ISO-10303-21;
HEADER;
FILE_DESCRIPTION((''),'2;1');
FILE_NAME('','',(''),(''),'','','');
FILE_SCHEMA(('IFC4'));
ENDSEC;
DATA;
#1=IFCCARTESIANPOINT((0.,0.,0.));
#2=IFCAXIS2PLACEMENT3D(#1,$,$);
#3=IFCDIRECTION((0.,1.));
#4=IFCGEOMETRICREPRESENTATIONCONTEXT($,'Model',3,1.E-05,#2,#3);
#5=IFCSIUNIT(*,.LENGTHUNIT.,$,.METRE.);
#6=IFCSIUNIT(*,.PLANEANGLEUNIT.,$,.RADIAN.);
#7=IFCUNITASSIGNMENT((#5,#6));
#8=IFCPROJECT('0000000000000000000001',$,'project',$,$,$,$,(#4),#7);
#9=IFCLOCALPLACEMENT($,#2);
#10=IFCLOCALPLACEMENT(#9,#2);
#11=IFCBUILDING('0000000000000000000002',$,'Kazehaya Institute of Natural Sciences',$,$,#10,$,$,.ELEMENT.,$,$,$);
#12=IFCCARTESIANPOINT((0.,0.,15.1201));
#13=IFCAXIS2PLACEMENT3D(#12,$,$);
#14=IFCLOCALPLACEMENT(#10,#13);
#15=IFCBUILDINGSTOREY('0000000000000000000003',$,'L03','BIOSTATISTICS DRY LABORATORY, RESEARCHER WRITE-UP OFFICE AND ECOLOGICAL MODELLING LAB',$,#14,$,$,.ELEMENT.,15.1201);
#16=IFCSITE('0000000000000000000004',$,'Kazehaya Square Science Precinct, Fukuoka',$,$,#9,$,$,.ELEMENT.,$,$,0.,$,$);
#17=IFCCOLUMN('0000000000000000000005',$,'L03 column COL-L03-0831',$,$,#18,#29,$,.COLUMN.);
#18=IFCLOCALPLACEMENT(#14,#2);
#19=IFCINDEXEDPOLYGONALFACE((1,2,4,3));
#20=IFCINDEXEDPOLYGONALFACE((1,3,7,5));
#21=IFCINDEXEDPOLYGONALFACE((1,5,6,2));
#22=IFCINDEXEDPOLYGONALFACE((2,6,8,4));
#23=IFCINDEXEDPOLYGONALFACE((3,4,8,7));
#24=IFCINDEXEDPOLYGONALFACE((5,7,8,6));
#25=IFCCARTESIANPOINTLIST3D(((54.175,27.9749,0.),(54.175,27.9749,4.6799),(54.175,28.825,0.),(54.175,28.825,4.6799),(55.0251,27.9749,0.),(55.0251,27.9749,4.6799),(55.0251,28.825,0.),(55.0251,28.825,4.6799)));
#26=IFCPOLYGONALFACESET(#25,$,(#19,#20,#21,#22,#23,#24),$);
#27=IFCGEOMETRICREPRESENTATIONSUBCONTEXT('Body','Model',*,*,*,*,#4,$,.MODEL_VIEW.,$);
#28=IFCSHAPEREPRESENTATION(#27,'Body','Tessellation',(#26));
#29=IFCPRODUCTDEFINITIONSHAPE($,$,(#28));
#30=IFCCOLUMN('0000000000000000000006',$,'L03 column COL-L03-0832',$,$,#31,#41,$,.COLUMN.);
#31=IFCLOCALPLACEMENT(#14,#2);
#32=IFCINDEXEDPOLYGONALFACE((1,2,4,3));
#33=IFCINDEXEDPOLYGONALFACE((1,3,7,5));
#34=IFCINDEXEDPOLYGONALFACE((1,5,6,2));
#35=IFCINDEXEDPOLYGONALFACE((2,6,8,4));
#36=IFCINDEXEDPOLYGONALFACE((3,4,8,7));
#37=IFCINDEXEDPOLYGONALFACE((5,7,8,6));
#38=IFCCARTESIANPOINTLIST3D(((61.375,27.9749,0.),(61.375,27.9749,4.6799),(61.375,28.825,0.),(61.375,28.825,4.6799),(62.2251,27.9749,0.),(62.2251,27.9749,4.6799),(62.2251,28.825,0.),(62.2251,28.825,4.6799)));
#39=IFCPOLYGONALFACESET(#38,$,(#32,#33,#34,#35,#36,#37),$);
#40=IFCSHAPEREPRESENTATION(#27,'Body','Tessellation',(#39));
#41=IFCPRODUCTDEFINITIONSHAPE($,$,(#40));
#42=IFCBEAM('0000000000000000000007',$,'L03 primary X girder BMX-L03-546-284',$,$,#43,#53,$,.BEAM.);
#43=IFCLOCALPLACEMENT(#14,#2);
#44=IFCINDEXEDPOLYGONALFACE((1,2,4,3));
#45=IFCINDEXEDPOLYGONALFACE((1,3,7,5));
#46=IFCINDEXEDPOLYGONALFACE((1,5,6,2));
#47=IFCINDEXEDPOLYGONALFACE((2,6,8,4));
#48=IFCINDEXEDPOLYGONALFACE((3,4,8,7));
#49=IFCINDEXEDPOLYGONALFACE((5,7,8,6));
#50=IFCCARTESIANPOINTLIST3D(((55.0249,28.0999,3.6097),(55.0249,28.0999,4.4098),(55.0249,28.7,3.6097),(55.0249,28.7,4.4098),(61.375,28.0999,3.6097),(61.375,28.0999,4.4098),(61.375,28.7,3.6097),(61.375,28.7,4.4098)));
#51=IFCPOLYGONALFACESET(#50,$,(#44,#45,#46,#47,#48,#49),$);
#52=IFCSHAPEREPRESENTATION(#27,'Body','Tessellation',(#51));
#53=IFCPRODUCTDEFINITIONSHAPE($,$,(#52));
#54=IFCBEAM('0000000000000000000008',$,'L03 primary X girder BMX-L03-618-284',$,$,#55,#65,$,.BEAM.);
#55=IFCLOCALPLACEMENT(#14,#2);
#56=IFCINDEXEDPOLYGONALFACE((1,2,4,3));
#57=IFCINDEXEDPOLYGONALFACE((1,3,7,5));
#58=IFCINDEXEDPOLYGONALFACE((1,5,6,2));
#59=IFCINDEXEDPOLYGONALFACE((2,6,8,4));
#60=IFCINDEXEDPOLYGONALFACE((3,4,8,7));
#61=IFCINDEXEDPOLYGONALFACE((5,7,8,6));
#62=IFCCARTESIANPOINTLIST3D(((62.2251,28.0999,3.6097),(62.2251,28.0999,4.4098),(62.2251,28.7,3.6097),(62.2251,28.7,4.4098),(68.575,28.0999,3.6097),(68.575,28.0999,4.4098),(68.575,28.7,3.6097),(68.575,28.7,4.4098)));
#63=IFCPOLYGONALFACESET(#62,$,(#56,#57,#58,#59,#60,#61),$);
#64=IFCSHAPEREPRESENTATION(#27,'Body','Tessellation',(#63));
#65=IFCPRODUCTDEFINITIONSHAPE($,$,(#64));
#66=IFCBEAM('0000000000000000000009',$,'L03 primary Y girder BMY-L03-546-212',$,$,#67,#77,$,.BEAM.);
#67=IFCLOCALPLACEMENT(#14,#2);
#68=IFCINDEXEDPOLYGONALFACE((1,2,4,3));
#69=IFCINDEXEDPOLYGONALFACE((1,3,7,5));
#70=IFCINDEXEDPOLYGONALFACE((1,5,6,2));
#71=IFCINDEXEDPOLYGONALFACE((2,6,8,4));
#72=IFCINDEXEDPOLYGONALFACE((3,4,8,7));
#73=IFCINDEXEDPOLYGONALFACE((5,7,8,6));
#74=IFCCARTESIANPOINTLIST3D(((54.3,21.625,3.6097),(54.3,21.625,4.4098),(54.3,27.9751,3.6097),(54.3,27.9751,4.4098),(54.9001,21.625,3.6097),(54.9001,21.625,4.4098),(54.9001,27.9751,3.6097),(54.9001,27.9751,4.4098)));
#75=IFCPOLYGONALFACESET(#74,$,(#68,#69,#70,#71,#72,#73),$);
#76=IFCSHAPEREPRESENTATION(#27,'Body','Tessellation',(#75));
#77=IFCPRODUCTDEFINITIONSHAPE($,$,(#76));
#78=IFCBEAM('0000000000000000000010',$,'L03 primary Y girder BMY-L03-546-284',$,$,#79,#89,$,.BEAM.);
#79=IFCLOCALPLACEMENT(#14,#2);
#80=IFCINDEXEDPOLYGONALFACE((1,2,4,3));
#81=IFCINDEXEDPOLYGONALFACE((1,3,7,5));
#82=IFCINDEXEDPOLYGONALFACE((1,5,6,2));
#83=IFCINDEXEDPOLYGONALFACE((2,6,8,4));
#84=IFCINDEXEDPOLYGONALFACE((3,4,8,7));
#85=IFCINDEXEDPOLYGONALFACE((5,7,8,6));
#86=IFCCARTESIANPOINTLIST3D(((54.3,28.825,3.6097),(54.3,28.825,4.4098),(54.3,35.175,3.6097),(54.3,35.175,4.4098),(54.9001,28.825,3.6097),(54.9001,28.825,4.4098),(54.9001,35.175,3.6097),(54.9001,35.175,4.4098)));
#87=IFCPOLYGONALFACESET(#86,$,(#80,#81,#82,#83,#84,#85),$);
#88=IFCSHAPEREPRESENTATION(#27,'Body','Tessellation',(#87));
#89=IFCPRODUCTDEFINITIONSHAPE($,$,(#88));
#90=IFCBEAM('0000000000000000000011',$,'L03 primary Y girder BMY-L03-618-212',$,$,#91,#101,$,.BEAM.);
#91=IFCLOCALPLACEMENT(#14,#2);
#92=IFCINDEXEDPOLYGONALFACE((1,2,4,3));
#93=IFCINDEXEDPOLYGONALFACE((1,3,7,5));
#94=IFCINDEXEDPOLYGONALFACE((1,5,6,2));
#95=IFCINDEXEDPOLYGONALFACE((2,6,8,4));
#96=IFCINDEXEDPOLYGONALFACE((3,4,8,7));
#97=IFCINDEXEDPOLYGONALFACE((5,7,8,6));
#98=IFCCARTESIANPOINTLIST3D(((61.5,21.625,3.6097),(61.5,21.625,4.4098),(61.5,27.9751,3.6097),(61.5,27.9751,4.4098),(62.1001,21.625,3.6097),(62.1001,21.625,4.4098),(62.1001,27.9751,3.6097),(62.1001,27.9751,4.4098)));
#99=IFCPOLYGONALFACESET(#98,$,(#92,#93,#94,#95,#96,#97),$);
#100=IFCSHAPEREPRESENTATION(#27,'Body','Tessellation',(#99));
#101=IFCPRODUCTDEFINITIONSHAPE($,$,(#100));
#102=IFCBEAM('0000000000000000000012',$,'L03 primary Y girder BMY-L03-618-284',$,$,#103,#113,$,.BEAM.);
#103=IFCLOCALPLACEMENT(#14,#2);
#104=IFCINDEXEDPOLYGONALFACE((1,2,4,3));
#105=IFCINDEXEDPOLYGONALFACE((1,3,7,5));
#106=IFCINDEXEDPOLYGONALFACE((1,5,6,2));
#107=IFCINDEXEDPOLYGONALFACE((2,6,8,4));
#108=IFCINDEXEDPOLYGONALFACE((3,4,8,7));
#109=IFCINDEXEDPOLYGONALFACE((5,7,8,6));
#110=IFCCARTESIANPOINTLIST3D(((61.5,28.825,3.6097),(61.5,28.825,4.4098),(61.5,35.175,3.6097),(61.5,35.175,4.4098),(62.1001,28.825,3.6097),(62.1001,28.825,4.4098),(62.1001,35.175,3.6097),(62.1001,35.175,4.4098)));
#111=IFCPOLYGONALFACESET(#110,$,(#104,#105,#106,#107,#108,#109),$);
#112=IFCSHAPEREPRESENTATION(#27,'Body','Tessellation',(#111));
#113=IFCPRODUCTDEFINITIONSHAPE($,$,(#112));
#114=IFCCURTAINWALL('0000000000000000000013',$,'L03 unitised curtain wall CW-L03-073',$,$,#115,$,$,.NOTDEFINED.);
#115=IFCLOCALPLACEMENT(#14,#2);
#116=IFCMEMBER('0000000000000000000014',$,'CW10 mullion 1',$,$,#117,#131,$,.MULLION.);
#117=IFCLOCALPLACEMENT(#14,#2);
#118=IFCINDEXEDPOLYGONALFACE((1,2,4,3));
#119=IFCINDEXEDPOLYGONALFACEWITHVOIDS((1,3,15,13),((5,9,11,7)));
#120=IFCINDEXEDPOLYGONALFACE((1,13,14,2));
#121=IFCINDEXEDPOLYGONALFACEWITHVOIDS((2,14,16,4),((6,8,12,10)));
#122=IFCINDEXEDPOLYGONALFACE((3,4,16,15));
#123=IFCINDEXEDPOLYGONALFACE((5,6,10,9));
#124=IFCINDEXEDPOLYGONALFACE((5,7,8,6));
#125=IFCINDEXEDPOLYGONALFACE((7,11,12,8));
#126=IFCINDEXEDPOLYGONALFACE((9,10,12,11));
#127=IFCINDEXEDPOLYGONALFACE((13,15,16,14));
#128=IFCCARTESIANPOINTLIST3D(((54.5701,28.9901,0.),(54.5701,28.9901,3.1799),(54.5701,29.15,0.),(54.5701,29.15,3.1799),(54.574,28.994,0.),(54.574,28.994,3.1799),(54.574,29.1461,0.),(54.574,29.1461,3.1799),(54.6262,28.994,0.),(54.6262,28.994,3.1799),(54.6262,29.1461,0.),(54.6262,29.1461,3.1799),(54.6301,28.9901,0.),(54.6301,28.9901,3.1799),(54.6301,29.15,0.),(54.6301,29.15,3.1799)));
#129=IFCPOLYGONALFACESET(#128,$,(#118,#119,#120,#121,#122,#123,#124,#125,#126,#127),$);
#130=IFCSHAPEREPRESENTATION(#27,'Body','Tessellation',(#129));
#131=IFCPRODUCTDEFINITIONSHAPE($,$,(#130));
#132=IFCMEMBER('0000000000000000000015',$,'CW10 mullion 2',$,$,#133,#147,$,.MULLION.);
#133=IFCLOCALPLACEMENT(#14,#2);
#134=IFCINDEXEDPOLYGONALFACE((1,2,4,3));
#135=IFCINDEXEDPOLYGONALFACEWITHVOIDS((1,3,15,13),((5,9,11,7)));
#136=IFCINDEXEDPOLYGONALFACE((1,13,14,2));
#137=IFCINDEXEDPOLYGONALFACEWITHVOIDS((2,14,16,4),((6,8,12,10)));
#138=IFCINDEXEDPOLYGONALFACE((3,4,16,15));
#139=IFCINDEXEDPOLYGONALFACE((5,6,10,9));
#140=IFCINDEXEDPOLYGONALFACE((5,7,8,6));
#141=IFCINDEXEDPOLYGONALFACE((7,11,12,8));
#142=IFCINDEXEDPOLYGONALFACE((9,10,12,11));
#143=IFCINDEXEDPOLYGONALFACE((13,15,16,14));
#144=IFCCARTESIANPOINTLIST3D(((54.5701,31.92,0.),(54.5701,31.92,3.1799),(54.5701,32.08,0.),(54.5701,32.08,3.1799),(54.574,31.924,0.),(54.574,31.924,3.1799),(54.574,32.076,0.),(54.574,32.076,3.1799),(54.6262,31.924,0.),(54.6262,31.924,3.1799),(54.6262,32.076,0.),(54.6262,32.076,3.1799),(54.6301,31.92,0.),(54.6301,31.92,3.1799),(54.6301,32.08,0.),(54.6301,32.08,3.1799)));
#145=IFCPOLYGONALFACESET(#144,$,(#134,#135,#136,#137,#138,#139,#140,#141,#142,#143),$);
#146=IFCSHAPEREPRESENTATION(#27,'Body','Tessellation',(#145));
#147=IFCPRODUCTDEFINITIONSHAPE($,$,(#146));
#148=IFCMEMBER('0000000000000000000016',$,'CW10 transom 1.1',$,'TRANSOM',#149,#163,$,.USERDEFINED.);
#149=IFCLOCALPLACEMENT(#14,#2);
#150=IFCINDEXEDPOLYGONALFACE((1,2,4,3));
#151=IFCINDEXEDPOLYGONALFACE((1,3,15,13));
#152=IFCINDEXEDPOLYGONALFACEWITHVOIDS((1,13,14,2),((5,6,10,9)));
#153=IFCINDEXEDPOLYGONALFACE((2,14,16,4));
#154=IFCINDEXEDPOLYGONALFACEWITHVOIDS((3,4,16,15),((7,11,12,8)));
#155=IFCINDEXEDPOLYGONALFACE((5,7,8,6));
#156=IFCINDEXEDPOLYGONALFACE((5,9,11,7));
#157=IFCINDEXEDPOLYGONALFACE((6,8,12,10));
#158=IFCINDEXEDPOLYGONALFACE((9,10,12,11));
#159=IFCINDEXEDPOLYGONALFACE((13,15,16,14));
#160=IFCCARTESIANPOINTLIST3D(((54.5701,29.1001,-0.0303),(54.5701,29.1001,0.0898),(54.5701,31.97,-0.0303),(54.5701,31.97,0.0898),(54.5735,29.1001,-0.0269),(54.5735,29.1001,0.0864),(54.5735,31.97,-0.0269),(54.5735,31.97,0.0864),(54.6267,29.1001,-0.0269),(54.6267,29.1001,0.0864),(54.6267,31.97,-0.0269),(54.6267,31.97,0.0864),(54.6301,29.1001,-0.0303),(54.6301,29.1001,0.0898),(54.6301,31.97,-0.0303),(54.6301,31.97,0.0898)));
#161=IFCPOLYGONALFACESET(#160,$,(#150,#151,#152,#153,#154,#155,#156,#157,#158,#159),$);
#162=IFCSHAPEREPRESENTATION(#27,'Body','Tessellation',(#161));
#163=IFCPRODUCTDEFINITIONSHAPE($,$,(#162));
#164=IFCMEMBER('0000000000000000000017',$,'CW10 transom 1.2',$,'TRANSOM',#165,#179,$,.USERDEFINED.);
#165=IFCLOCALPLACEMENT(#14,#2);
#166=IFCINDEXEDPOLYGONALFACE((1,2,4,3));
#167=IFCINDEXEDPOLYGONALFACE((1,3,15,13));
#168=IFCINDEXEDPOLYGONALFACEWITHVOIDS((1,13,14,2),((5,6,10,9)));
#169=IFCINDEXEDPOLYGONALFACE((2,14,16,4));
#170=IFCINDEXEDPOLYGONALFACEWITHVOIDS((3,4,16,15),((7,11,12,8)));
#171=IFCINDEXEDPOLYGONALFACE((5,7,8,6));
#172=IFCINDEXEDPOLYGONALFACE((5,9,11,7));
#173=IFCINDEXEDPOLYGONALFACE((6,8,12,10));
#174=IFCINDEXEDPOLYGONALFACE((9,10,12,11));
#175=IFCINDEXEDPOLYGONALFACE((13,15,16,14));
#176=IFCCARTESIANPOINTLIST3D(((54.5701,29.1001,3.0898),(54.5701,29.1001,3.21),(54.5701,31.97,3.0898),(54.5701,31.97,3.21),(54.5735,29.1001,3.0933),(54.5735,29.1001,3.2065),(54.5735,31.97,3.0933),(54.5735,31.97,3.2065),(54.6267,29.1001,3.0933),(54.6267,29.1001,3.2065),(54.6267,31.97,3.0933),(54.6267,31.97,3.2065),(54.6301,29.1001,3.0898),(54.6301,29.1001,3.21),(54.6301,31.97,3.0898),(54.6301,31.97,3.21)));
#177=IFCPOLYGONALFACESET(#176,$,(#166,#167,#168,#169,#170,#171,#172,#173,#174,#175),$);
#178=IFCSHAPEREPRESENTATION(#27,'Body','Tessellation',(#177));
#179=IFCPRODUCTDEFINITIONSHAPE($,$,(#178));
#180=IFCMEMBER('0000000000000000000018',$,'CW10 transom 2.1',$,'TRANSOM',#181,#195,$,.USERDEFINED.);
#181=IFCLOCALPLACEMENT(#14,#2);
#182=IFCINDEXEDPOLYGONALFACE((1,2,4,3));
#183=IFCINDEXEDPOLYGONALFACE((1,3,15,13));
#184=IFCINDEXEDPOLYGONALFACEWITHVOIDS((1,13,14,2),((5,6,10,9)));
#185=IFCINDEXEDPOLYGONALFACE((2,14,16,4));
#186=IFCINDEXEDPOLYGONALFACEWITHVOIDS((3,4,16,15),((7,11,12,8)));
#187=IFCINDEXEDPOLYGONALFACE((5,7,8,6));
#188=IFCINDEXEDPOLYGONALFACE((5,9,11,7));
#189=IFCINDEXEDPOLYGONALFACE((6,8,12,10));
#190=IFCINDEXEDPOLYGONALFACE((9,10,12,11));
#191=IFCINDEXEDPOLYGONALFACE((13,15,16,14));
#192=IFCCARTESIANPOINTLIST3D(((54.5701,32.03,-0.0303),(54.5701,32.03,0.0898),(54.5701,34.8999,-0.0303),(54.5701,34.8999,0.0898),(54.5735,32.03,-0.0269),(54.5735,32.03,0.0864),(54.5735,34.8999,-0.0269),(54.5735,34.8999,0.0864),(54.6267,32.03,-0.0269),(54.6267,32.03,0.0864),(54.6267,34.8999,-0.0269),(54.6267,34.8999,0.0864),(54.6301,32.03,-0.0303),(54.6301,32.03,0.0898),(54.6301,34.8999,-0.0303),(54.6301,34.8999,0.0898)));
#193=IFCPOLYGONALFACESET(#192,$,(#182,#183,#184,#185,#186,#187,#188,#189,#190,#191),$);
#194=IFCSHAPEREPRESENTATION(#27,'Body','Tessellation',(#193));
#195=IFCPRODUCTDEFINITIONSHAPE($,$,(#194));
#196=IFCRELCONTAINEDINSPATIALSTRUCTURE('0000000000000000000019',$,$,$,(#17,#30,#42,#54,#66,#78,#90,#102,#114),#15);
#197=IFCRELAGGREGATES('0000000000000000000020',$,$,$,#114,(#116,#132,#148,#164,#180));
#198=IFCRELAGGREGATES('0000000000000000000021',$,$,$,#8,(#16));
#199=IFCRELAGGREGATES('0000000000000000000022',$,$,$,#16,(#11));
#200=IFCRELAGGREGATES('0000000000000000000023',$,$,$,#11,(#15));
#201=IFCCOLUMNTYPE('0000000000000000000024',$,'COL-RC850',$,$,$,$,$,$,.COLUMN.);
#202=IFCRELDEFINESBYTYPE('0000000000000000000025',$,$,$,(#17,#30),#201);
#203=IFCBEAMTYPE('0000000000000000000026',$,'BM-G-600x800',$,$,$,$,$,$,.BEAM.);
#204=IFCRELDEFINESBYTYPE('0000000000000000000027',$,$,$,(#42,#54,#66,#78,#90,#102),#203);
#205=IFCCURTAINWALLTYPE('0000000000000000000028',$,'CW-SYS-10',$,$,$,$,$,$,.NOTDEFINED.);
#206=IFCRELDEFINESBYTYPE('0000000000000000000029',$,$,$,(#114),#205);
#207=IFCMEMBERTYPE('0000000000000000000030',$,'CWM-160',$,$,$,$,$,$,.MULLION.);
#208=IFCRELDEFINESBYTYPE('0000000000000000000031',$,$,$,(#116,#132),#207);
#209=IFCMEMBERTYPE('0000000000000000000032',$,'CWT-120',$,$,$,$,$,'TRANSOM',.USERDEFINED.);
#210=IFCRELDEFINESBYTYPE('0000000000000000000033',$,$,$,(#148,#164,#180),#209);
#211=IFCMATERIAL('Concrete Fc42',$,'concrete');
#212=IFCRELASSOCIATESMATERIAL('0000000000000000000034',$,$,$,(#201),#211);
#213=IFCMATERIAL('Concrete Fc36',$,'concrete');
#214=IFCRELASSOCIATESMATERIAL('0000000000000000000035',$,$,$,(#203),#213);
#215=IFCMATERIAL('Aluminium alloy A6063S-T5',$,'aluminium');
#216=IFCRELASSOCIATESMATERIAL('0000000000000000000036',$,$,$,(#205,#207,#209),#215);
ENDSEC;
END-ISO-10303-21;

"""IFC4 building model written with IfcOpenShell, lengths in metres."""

from ifc_helpers import new_model, si_unit, direction, frame, origin, origin_2d, place, context, subcontext, project, spatial, rectangle, hollow_rectangle, extrude, material, material_profile, profile_set, type_object, element, aggregate, save


model = new_model("IFC4")

# Units and contexts
model_context = context("Model", 3, precision=1e-05, world=origin(), true_north=direction((0.0, 1.0)))
body_context = subcontext(model_context, "Body", "Model", "MODEL_VIEW")
ifc_project = project(units=[si_unit("LENGTHUNIT", "METRE"), si_unit("PLANEANGLEUNIT", "RADIAN")], contexts=[model_context])

# Site, building, storey
site_placement = place(None, origin())
site = spatial("IfcSite", under=ifc_project, at=site_placement, Name="Kazehaya Square Science Precinct, Fukuoka", CompositionType="ELEMENT", RefElevation=0.0)
building_placement = place(site_placement, origin())
building = spatial("IfcBuilding", under=site, at=building_placement, Name="Kazehaya Institute of Natural Sciences", CompositionType="ELEMENT")
storey_placement = place(building_placement, frame((0.0, 0.0, 15.1201)))
storey = spatial("IfcBuildingStorey", under=building, at=storey_placement, Name="L03", Description="BIOSTATISTICS DRY LABORATORY, RESEARCHER WRITE-UP OFFICE AND ECOLOGICAL MODELLING LAB", CompositionType="ELEMENT", Elevation=15.1201)

# Columns
ifc_material_1 = material(Name="Concrete Fc42", Category="concrete")
ifc_material_profile_1 = material_profile(ifc_material_1, rectangle(XDim=0.8501, YDim=0.8501, at=origin_2d()), Name="RC-850x850")
ifc_profile_set_1 = profile_set([ifc_material_profile_1], Name="Concrete Fc42")
column_type = type_object("IfcColumnType", Name="COL-RC850", PredefinedType="COLUMN", material=ifc_profile_set_1)
for number, where, z_axis, x_axis, name in (
    (1, (54.6001, 28.3999, 0.0), (0.0, 0.0, 1.0), (1.0, 0.0, 0.0), "L03 column COL-L03-0831"),
    (2, (61.8, 28.3999, 0.0), (0.0, 0.0, 1.0), (1.0, 0.0, 0.0), "L03 column COL-L03-0832"),
):
    element("IfcColumn", number, at=place(storey_placement, frame(where, z_axis=z_axis, x_axis=x_axis)), inside=storey, type_object=column_type, Name=name, PredefinedType="COLUMN", context=body_context, shape_type="SweptSolid", body=[
        extrude(rectangle(XDim=0.8501, YDim=0.8501, at=origin_2d()), origin(), (0.0, 0.0, 1.0), 4.6799),
    ])

# Beams
ifc_material_2 = material(Name="Concrete Fc36", Category="concrete")
ifc_material_profile_2 = material_profile(ifc_material_2, rectangle(XDim=0.6001, YDim=0.8, at=origin_2d()), Name="RC-600x800")
ifc_profile_set_2 = profile_set([ifc_material_profile_2], Name="Concrete Fc36")
beam_type = type_object("IfcBeamType", Name="BM-G-600x800", PredefinedType="BEAM", material=ifc_profile_set_2)
beam_1_placement = place(storey_placement, frame((55.0249, 28.3999, 4.0098), z_axis=(1.0, 0.0, 0.0), x_axis=(0.0, 1.0, 0.0)))
element("IfcBeam", 3, at=beam_1_placement, inside=storey, type_object=beam_type, Name="L03 primary X girder BMX-L03-546-284", PredefinedType="BEAM", context=body_context, shape_type="SweptSolid", body=[
    extrude(rectangle(XDim=0.6001, YDim=0.8, at=origin_2d()), origin(), (0.0, 0.0, 1.0), 6.3501),
])
beam_2_placement = place(storey_placement, frame((62.2251, 28.3999, 4.0098), z_axis=(1.0, 0.0, 0.0), x_axis=(0.0, 1.0, 0.0)))
element("IfcBeam", 4, at=beam_2_placement, inside=storey, type_object=beam_type, Name="L03 primary X girder BMX-L03-618-284", PredefinedType="BEAM", context=body_context, shape_type="SweptSolid", body=[
    extrude(rectangle(XDim=0.6001, YDim=0.8, at=origin_2d()), origin(), (0.0, 0.0, 1.0), 6.3499),
])
for number, where, z_axis, x_axis, name in (
    (5, (54.6001, 21.625, 4.0098), (0.0, 1.0, 0.0), (-1.0, 0.0, 0.0), "L03 primary Y girder BMY-L03-546-212"),
    (6, (54.6001, 28.825, 4.0098), (0.0, 1.0, 0.0), (-1.0, 0.0, 0.0), "L03 primary Y girder BMY-L03-546-284"),
    (7, (61.8, 21.625, 4.0098), (0.0, 1.0, 0.0), (-1.0, 0.0, 0.0), "L03 primary Y girder BMY-L03-618-212"),
    (8, (61.8, 28.825, 4.0098), (0.0, 1.0, 0.0), (-1.0, 0.0, 0.0), "L03 primary Y girder BMY-L03-618-284"),
):
    element("IfcBeam", number, at=place(storey_placement, frame(where, z_axis=z_axis, x_axis=x_axis)), inside=storey, type_object=beam_type, Name=name, PredefinedType="BEAM", context=body_context, shape_type="SweptSolid", body=[
        extrude(rectangle(XDim=0.6001, YDim=0.8, at=origin_2d()), origin(), (0.0, 0.0, 1.0), 6.3501),
    ])

# Curtain wall, members
ifc_material_3 = material(Name="Aluminium alloy A6063S-T5", Category="aluminium")
curtain_wall_type = type_object("IfcCurtainWallType", Name="CW-SYS-10", PredefinedType="NOTDEFINED", material=ifc_material_3)
curtain_wall_placement = place(storey_placement, origin())
curtain_wall = element("IfcCurtainWall", 9, at=curtain_wall_placement, inside=storey, type_object=curtain_wall_type, Name="L03 unitised curtain wall CW-L03-073", PredefinedType="NOTDEFINED")
ifc_material_profile_3 = material_profile(ifc_material_3, hollow_rectangle(XDim=0.0601, YDim=0.1599, WallThickness=0.0039, at=origin_2d()), Name="ALU-60x160x4")
ifc_profile_set_3 = profile_set([ifc_material_profile_3], Name="Aluminium alloy A6063S-T5")
member_type_1 = type_object("IfcMemberType", Name="CWM-160", PredefinedType="MULLION", material=ifc_profile_set_3)
member_1_placement = place(storey_placement, frame((54.6001, 29.0701, 0.0), z_axis=(0.0, 0.0, 1.0), x_axis=(-1.0, 0.0, 0.0)))
member_1 = element("IfcMember", 10, at=member_1_placement, type_object=member_type_1, Name="CW10 mullion 1", PredefinedType="MULLION", context=body_context, shape_type="SweptSolid", body=[
    extrude(hollow_rectangle(XDim=0.0601, YDim=0.1599, WallThickness=0.0039, at=origin_2d()), origin(), (0.0, 0.0, 1.0), 3.1799),
])
member_2_placement = place(storey_placement, frame((54.6001, 32.0, 0.0), z_axis=(0.0, 0.0, 1.0), x_axis=(-1.0, 0.0, 0.0)))
member_2 = element("IfcMember", 11, at=member_2_placement, type_object=member_type_1, Name="CW10 mullion 2", PredefinedType="MULLION", context=body_context, shape_type="SweptSolid", body=[
    extrude(hollow_rectangle(XDim=0.0601, YDim=0.1599, WallThickness=0.0039, at=origin_2d()), origin(), (0.0, 0.0, 1.0), 3.1799),
])
ifc_material_profile_4 = material_profile(ifc_material_3, hollow_rectangle(XDim=0.0601, YDim=0.1201, WallThickness=0.0034, at=origin_2d()), Name="ALU-60x120x3.5")
ifc_profile_set_4 = profile_set([ifc_material_profile_4], Name="Aluminium alloy A6063S-T5")
member_type_2 = type_object("IfcMemberType", Name="CWT-120", ElementType="TRANSOM", PredefinedType="USERDEFINED", material=ifc_profile_set_4)
member_3_placement = place(storey_placement, frame((54.6001, 29.1001, 0.0298), z_axis=(0.0, 1.0, 0.0), x_axis=(-1.0, 0.0, 0.0)))
member_3 = element("IfcMember", 12, at=member_3_placement, type_object=member_type_2, Name="CW10 transom 1.1", ObjectType="TRANSOM", PredefinedType="USERDEFINED", context=body_context, shape_type="SweptSolid", body=[
    extrude(hollow_rectangle(XDim=0.0601, YDim=0.1201, WallThickness=0.0034, at=origin_2d()), origin(), (0.0, 0.0, 1.0), 2.8699),
])
member_4_placement = place(storey_placement, frame((54.6001, 29.1001, 3.1499), z_axis=(0.0, 1.0, 0.0), x_axis=(-1.0, 0.0, 0.0)))
member_4 = element("IfcMember", 13, at=member_4_placement, type_object=member_type_2, Name="CW10 transom 1.2", ObjectType="TRANSOM", PredefinedType="USERDEFINED", context=body_context, shape_type="SweptSolid", body=[
    extrude(hollow_rectangle(XDim=0.0601, YDim=0.1201, WallThickness=0.0034, at=origin_2d()), origin(), (0.0, 0.0, 1.0), 2.8699),
])
member_5_placement = place(storey_placement, frame((54.6001, 32.03, 0.0298), z_axis=(0.0, 1.0, 0.0), x_axis=(-1.0, 0.0, 0.0)))
member_5 = element("IfcMember", 14, at=member_5_placement, type_object=member_type_2, Name="CW10 transom 2.1", ObjectType="TRANSOM", PredefinedType="USERDEFINED", context=body_context, shape_type="SweptSolid", body=[
    extrude(hollow_rectangle(XDim=0.0601, YDim=0.1201, WallThickness=0.0034, at=origin_2d()), origin(), (0.0, 0.0, 1.0), 2.8699),
])
aggregate(curtain_wall, [member_1, member_2, member_3, member_4, member_5])

save(model, "model.ifc")
